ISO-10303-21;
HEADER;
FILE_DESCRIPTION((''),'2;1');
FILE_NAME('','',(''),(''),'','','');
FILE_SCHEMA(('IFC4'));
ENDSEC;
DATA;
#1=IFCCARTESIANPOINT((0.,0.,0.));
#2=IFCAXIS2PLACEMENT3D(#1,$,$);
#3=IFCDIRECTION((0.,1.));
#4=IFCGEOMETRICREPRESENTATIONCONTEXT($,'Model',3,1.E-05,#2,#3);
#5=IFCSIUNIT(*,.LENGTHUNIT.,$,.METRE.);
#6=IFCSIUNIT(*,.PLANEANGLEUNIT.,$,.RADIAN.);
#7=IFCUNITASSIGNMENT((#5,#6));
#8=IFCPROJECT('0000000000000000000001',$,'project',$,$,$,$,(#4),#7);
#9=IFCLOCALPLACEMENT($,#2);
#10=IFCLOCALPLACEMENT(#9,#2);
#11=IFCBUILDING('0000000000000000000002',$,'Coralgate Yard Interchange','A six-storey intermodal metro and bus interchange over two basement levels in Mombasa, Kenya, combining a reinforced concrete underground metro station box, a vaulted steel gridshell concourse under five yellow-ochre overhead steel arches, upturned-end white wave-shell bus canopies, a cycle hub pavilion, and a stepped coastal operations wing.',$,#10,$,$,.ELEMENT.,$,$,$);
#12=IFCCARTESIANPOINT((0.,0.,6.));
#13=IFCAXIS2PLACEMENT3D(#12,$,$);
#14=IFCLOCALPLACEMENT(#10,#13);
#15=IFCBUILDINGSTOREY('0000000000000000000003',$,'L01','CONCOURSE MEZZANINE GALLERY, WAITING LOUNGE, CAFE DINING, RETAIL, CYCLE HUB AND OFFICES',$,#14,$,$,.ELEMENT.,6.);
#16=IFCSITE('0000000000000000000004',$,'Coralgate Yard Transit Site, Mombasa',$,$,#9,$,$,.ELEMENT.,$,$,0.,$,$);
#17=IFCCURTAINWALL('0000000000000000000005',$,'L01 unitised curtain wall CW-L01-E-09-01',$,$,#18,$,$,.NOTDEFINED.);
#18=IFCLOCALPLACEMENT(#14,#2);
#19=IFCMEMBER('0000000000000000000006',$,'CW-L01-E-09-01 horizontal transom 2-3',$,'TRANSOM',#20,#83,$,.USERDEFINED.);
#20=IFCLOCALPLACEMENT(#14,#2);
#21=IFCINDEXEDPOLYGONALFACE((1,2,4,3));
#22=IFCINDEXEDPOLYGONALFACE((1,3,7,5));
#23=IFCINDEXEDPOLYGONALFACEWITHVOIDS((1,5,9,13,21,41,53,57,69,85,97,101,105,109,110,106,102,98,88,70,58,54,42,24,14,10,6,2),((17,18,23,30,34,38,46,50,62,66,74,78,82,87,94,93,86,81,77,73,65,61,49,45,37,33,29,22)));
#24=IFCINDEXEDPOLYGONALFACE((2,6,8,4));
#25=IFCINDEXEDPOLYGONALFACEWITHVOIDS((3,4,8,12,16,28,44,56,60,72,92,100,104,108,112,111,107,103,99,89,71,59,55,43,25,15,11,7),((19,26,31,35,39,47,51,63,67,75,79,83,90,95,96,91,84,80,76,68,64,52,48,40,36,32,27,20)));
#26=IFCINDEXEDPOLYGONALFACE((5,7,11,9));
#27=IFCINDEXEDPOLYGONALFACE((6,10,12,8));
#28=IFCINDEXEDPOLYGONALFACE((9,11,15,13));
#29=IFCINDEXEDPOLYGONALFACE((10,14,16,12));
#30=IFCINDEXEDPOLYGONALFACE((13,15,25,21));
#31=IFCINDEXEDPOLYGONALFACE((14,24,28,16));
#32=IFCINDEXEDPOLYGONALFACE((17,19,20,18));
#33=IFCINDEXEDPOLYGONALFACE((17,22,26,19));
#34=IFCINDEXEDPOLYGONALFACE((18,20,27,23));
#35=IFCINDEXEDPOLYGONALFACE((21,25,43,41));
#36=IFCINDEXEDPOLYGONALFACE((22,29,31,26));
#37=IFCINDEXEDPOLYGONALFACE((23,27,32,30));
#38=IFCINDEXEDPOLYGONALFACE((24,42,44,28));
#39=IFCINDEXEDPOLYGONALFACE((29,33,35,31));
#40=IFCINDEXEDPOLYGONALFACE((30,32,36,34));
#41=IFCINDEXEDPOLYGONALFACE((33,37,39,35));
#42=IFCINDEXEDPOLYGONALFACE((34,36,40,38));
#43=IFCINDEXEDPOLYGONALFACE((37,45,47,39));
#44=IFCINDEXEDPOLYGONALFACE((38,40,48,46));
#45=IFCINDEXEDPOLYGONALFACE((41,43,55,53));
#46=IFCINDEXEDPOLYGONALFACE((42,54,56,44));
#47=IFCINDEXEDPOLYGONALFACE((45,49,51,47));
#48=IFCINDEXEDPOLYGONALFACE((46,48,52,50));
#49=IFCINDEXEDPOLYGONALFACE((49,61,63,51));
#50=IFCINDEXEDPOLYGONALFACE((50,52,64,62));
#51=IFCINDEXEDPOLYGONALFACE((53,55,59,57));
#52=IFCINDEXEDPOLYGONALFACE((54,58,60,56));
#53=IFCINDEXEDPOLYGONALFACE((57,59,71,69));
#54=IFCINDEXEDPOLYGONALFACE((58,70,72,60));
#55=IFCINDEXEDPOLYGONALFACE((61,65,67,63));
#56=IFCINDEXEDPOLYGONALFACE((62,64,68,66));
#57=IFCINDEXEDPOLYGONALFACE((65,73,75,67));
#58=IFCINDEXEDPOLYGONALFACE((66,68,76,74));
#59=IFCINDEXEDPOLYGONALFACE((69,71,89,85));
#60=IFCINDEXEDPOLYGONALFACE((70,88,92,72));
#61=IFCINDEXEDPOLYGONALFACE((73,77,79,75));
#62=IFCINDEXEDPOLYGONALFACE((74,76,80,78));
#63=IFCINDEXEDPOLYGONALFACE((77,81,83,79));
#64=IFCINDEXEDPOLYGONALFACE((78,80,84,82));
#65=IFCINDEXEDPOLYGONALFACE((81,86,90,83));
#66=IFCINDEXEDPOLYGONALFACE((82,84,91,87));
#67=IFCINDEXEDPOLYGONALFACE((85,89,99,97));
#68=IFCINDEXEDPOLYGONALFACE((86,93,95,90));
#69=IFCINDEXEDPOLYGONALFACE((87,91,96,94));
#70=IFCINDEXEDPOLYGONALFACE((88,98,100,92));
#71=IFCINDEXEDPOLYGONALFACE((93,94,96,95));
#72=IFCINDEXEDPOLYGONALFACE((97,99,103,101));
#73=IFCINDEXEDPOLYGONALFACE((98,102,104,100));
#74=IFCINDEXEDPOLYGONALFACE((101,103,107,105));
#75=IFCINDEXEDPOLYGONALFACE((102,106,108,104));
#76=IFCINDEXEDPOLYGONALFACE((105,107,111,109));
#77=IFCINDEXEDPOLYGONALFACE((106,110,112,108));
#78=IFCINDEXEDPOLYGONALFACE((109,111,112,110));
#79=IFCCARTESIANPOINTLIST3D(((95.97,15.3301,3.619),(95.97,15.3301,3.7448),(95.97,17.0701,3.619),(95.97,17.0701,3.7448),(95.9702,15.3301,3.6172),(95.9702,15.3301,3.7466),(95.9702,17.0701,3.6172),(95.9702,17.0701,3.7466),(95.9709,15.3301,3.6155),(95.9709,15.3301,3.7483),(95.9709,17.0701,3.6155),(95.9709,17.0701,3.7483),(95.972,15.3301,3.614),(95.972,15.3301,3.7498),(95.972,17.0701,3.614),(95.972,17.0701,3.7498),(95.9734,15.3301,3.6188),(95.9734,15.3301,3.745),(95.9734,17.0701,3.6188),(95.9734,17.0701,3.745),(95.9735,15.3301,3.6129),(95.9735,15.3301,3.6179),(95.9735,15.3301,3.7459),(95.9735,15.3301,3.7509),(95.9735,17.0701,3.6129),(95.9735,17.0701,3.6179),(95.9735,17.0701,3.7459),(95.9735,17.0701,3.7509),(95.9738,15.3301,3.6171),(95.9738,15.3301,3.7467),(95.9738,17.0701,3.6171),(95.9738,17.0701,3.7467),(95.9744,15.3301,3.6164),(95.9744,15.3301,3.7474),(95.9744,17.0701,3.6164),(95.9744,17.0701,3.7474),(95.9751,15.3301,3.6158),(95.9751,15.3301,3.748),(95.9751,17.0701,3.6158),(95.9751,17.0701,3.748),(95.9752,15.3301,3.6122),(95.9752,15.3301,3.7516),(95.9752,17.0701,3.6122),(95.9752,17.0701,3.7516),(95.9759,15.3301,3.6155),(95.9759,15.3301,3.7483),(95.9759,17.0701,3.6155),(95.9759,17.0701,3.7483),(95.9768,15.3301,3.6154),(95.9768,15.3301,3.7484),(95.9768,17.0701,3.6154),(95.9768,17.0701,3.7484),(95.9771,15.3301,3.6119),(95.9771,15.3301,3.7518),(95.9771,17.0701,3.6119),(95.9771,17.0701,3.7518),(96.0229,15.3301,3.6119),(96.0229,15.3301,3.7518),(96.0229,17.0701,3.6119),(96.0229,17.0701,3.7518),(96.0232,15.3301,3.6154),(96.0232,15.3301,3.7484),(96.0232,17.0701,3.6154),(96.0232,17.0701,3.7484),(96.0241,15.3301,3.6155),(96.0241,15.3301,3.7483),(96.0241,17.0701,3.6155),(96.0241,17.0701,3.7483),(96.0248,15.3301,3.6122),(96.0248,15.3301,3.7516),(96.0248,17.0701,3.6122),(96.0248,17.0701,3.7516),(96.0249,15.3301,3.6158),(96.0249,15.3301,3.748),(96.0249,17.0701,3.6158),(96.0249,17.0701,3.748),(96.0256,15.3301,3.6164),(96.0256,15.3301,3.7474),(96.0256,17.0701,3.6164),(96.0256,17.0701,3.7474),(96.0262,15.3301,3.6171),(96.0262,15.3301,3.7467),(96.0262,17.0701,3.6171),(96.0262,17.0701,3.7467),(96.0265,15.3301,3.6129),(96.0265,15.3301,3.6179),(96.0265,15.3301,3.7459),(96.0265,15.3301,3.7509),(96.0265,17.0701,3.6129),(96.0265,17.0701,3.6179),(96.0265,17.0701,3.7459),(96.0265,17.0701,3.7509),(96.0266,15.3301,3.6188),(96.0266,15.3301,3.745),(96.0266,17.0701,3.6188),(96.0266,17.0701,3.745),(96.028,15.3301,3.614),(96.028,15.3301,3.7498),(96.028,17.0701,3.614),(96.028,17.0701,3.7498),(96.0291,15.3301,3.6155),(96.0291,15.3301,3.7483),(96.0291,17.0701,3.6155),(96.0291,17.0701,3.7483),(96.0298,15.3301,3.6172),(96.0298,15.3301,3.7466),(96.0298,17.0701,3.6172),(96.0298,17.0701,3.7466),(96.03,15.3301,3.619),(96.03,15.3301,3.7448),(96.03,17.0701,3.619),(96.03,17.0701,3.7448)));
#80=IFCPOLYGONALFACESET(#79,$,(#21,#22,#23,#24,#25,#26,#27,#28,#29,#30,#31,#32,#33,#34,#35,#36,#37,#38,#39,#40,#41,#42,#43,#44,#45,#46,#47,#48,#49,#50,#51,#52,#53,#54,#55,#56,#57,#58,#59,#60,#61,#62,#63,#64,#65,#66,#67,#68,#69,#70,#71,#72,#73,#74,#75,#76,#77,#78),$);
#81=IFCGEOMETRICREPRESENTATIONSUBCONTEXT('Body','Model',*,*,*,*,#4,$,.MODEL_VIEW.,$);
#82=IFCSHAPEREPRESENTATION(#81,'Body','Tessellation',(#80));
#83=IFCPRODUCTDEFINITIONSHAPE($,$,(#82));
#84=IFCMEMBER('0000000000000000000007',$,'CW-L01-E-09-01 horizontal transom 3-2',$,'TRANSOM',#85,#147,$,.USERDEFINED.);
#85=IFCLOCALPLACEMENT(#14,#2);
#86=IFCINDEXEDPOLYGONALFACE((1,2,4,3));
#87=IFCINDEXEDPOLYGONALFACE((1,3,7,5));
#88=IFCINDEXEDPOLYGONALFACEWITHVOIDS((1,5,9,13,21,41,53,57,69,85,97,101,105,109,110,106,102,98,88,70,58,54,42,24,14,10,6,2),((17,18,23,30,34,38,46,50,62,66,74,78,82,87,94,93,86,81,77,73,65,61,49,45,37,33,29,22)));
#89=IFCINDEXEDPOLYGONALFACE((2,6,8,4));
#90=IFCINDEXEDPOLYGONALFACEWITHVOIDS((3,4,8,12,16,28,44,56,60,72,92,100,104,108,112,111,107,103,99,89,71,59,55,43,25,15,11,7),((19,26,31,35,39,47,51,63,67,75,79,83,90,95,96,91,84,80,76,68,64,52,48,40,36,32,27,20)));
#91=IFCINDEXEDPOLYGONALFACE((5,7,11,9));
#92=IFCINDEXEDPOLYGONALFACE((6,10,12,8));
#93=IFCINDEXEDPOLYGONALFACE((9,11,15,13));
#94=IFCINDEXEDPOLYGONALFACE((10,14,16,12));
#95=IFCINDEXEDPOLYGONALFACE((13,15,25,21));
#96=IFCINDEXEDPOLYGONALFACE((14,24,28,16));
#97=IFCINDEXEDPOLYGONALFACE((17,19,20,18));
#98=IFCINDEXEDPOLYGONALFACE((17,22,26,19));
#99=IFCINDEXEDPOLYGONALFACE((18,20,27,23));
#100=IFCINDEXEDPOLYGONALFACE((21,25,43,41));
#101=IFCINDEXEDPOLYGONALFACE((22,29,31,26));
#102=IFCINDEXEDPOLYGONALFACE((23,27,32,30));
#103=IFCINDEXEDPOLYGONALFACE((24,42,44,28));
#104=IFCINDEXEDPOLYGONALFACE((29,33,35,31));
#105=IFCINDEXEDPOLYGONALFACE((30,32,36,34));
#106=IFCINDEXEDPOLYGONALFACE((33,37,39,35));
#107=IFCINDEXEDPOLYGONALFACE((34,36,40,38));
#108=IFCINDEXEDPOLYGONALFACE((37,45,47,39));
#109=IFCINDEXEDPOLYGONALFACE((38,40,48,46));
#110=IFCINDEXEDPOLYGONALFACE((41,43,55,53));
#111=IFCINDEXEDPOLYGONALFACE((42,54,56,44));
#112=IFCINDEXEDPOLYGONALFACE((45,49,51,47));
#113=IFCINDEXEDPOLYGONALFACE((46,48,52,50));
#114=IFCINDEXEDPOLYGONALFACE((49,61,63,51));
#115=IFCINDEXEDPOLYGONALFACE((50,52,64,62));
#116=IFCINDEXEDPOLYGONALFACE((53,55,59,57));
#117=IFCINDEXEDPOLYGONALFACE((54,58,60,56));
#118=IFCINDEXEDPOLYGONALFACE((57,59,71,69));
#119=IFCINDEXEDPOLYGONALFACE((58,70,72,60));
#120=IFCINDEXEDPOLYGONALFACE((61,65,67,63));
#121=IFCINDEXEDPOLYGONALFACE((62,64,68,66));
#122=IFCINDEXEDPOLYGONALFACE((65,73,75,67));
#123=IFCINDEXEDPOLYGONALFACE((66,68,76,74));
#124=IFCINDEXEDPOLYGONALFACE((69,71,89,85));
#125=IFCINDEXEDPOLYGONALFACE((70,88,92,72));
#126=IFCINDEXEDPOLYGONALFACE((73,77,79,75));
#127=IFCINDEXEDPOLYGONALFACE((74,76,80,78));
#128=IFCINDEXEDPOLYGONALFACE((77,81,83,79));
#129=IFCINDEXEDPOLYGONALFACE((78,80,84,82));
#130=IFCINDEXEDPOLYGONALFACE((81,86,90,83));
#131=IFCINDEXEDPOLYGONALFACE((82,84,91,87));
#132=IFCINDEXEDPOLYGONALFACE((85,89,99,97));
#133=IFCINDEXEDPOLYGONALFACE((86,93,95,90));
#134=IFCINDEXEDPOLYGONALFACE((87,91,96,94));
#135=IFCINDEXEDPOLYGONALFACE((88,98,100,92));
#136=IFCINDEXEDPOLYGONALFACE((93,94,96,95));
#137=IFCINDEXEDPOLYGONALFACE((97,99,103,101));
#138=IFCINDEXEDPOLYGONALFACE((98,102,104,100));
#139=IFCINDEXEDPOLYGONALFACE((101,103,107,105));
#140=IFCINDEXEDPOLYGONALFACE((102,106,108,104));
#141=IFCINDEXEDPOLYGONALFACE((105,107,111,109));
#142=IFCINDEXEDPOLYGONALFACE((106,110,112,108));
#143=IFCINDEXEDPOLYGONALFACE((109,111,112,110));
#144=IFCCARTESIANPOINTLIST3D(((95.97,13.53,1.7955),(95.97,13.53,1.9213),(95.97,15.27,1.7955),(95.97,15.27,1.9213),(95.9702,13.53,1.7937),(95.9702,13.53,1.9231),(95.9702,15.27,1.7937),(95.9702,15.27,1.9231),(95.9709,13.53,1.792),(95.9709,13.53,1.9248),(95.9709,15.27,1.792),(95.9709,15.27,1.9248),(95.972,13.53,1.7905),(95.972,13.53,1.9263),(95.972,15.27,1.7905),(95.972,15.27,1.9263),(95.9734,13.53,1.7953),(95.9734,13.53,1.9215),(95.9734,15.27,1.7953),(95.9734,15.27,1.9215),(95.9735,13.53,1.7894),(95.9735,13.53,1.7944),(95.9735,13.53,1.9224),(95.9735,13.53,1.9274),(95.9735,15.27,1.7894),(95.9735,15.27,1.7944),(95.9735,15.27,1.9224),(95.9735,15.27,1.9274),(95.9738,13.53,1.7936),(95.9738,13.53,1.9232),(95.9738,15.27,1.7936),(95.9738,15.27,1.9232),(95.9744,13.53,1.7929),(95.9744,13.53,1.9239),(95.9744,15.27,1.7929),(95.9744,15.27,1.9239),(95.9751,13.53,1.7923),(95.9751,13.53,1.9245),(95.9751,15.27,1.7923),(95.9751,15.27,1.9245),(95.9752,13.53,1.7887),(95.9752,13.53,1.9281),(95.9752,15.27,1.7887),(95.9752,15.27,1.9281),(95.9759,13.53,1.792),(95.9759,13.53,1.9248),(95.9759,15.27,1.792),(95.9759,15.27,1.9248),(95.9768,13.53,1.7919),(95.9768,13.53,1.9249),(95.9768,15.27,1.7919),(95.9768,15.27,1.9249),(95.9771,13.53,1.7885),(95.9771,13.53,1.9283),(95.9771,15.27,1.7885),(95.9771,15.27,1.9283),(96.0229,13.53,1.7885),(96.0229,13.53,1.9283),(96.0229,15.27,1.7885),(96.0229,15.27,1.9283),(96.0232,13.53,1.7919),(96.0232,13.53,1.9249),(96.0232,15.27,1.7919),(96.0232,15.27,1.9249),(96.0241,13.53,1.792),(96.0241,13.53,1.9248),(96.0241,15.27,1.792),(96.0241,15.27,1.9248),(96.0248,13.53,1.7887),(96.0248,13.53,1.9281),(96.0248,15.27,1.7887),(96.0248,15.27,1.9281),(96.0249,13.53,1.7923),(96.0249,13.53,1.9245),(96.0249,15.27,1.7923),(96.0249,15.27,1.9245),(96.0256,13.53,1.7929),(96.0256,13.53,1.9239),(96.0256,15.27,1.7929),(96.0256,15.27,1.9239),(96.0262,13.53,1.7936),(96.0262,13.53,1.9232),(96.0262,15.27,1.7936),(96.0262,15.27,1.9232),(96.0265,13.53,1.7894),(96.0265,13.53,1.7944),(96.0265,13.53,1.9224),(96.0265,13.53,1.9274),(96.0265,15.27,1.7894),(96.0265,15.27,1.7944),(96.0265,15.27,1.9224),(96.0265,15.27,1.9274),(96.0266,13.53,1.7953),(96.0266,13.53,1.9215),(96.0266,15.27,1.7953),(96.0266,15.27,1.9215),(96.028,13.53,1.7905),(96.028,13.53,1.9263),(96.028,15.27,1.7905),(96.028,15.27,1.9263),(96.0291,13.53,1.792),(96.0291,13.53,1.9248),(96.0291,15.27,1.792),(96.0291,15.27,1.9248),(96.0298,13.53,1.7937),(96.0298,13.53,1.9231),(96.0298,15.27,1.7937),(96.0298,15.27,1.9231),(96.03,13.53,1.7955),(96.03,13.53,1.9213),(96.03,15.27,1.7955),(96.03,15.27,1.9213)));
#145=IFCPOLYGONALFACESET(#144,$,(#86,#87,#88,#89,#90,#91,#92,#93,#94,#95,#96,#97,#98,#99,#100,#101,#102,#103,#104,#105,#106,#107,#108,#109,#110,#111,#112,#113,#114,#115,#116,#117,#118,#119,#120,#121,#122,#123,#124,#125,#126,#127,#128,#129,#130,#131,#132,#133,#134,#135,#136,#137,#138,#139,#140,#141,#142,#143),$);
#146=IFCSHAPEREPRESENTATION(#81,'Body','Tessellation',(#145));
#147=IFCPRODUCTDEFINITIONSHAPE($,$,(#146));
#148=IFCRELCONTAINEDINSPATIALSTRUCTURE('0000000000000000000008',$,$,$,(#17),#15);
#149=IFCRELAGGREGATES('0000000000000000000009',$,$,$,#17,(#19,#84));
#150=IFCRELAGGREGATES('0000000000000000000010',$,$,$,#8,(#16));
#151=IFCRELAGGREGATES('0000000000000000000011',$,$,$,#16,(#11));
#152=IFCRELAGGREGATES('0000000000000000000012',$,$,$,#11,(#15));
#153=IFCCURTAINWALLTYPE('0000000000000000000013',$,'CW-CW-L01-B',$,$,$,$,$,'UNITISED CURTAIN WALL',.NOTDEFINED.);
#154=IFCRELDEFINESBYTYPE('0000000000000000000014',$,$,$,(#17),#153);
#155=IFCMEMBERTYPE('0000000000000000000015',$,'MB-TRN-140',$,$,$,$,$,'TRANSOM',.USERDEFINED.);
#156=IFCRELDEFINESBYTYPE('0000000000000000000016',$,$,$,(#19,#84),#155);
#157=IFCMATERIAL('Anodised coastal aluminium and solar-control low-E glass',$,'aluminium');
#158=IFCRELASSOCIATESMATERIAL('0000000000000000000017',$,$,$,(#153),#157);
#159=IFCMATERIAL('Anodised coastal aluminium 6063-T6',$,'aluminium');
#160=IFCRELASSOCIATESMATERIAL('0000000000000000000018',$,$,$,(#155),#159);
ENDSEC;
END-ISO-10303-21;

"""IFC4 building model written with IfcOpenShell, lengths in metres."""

from ifc_helpers import new_model, si_unit, direction, frame, origin, origin_2d, place, context, subcontext, project, spatial, hollow_rectangle, extrude, material, material_profile, profile_set, type_object, element, aggregate, save


model = new_model("IFC4")

# Units and contexts
model_context = context("Model", 3, precision=1e-05, world=origin(), true_north=direction((0.0, 1.0)))
body_context = subcontext(model_context, "Body", "Model", "MODEL_VIEW")
ifc_project = project(units=[si_unit("LENGTHUNIT", "METRE"), si_unit("PLANEANGLEUNIT", "RADIAN")], contexts=[model_context])

# Site, building, storey
site_placement = place(None, origin())
site = spatial("IfcSite", under=ifc_project, at=site_placement, Name="Coralgate Yard Transit Site, Mombasa", CompositionType="ELEMENT", RefElevation=0.0)
building_placement = place(site_placement, origin())
building = spatial("IfcBuilding", under=site, at=building_placement, Name="Coralgate Yard Interchange", Description="A six-storey intermodal metro and bus interchange over two basement levels in Mombasa, Kenya, combining a reinforced concrete underground metro station box, a vaulted steel gridshell concourse under five yellow-ochre overhead steel arches, upturned-end white wave-shell bus canopies, a cycle hub pavilion, and a stepped coastal operations wing.", CompositionType="ELEMENT")
storey_placement = place(building_placement, frame((0.0, 0.0, 6.0)))
storey = spatial("IfcBuildingStorey", under=building, at=storey_placement, Name="L01", Description="CONCOURSE MEZZANINE GALLERY, WAITING LOUNGE, CAFE DINING, RETAIL, CYCLE HUB AND OFFICES", CompositionType="ELEMENT", Elevation=6.0)

# Shared definitions
ifc_material_1 = material(Name="Anodised coastal aluminium and solar-control low-E glass", Category="aluminium")
curtain_wall_type_1 = type_object("IfcCurtainWallType", Name="CW-CW-L01-B", ElementType="UNITISED CURTAIN WALL", PredefinedType="NOTDEFINED", material=ifc_material_1)
ifc_material_2 = material(Name="Anodised coastal aluminium 6063-T6", Category="aluminium")

# Curtain wall
curtain_wall_1_placement = place(storey_placement, origin())
curtain_wall_1 = element("IfcCurtainWall", 1, at=curtain_wall_1_placement, inside=storey, type_object=curtain_wall_type_1, Name="L01 unitised curtain wall CW-L01-E-09-01", PredefinedType="NOTDEFINED")

# Members
ifc_material_profile_1 = material_profile(ifc_material_2, hollow_rectangle(XDim=0.0601, YDim=0.1399, WallThickness=0.0034, InnerFilletRadius=0.0034, OuterFilletRadius=0.0071, at=origin_2d()), Name="ALU 60x140x3.5")
ifc_profile_set_1 = profile_set([ifc_material_profile_1], Name="Anodised coastal aluminium 6063-T6")
member_type_1 = type_object("IfcMemberType", Name="MB-TRN-140", ElementType="TRANSOM", PredefinedType="USERDEFINED", material=ifc_profile_set_1)
member_1_placement = place(storey_placement, frame((96.0, 17.0701, 3.6819), z_axis=(0.0, -1.0, 0.0), x_axis=(1.0, 0.0, 0.0)))
member_1 = element("IfcMember", 2, at=member_1_placement, type_object=member_type_1, Name="CW-L01-E-09-01 horizontal transom 2-3", ObjectType="TRANSOM", PredefinedType="USERDEFINED", context=body_context, shape_type="SweptSolid", body=[
    extrude(hollow_rectangle(XDim=0.0601, YDim=0.1399, WallThickness=0.0034, InnerFilletRadius=0.0034, OuterFilletRadius=0.0071, at=origin_2d()), origin(), (0.0, 0.0, 1.0), 1.74),
])
member_2_placement = place(storey_placement, frame((96.0, 15.27, 1.8584), z_axis=(0.0, -1.0, 0.0), x_axis=(1.0, 0.0, 0.0)))
member_2 = element("IfcMember", 3, at=member_2_placement, type_object=member_type_1, Name="CW-L01-E-09-01 horizontal transom 3-2", ObjectType="TRANSOM", PredefinedType="USERDEFINED", context=body_context, shape_type="SweptSolid", body=[
    extrude(hollow_rectangle(XDim=0.0601, YDim=0.1399, WallThickness=0.0034, InnerFilletRadius=0.0034, OuterFilletRadius=0.0071, at=origin_2d()), origin(), (0.0, 0.0, 1.0), 1.74),
])

aggregate(curtain_wall_1, [member_1, member_2])

save(model, "model.ifc")
